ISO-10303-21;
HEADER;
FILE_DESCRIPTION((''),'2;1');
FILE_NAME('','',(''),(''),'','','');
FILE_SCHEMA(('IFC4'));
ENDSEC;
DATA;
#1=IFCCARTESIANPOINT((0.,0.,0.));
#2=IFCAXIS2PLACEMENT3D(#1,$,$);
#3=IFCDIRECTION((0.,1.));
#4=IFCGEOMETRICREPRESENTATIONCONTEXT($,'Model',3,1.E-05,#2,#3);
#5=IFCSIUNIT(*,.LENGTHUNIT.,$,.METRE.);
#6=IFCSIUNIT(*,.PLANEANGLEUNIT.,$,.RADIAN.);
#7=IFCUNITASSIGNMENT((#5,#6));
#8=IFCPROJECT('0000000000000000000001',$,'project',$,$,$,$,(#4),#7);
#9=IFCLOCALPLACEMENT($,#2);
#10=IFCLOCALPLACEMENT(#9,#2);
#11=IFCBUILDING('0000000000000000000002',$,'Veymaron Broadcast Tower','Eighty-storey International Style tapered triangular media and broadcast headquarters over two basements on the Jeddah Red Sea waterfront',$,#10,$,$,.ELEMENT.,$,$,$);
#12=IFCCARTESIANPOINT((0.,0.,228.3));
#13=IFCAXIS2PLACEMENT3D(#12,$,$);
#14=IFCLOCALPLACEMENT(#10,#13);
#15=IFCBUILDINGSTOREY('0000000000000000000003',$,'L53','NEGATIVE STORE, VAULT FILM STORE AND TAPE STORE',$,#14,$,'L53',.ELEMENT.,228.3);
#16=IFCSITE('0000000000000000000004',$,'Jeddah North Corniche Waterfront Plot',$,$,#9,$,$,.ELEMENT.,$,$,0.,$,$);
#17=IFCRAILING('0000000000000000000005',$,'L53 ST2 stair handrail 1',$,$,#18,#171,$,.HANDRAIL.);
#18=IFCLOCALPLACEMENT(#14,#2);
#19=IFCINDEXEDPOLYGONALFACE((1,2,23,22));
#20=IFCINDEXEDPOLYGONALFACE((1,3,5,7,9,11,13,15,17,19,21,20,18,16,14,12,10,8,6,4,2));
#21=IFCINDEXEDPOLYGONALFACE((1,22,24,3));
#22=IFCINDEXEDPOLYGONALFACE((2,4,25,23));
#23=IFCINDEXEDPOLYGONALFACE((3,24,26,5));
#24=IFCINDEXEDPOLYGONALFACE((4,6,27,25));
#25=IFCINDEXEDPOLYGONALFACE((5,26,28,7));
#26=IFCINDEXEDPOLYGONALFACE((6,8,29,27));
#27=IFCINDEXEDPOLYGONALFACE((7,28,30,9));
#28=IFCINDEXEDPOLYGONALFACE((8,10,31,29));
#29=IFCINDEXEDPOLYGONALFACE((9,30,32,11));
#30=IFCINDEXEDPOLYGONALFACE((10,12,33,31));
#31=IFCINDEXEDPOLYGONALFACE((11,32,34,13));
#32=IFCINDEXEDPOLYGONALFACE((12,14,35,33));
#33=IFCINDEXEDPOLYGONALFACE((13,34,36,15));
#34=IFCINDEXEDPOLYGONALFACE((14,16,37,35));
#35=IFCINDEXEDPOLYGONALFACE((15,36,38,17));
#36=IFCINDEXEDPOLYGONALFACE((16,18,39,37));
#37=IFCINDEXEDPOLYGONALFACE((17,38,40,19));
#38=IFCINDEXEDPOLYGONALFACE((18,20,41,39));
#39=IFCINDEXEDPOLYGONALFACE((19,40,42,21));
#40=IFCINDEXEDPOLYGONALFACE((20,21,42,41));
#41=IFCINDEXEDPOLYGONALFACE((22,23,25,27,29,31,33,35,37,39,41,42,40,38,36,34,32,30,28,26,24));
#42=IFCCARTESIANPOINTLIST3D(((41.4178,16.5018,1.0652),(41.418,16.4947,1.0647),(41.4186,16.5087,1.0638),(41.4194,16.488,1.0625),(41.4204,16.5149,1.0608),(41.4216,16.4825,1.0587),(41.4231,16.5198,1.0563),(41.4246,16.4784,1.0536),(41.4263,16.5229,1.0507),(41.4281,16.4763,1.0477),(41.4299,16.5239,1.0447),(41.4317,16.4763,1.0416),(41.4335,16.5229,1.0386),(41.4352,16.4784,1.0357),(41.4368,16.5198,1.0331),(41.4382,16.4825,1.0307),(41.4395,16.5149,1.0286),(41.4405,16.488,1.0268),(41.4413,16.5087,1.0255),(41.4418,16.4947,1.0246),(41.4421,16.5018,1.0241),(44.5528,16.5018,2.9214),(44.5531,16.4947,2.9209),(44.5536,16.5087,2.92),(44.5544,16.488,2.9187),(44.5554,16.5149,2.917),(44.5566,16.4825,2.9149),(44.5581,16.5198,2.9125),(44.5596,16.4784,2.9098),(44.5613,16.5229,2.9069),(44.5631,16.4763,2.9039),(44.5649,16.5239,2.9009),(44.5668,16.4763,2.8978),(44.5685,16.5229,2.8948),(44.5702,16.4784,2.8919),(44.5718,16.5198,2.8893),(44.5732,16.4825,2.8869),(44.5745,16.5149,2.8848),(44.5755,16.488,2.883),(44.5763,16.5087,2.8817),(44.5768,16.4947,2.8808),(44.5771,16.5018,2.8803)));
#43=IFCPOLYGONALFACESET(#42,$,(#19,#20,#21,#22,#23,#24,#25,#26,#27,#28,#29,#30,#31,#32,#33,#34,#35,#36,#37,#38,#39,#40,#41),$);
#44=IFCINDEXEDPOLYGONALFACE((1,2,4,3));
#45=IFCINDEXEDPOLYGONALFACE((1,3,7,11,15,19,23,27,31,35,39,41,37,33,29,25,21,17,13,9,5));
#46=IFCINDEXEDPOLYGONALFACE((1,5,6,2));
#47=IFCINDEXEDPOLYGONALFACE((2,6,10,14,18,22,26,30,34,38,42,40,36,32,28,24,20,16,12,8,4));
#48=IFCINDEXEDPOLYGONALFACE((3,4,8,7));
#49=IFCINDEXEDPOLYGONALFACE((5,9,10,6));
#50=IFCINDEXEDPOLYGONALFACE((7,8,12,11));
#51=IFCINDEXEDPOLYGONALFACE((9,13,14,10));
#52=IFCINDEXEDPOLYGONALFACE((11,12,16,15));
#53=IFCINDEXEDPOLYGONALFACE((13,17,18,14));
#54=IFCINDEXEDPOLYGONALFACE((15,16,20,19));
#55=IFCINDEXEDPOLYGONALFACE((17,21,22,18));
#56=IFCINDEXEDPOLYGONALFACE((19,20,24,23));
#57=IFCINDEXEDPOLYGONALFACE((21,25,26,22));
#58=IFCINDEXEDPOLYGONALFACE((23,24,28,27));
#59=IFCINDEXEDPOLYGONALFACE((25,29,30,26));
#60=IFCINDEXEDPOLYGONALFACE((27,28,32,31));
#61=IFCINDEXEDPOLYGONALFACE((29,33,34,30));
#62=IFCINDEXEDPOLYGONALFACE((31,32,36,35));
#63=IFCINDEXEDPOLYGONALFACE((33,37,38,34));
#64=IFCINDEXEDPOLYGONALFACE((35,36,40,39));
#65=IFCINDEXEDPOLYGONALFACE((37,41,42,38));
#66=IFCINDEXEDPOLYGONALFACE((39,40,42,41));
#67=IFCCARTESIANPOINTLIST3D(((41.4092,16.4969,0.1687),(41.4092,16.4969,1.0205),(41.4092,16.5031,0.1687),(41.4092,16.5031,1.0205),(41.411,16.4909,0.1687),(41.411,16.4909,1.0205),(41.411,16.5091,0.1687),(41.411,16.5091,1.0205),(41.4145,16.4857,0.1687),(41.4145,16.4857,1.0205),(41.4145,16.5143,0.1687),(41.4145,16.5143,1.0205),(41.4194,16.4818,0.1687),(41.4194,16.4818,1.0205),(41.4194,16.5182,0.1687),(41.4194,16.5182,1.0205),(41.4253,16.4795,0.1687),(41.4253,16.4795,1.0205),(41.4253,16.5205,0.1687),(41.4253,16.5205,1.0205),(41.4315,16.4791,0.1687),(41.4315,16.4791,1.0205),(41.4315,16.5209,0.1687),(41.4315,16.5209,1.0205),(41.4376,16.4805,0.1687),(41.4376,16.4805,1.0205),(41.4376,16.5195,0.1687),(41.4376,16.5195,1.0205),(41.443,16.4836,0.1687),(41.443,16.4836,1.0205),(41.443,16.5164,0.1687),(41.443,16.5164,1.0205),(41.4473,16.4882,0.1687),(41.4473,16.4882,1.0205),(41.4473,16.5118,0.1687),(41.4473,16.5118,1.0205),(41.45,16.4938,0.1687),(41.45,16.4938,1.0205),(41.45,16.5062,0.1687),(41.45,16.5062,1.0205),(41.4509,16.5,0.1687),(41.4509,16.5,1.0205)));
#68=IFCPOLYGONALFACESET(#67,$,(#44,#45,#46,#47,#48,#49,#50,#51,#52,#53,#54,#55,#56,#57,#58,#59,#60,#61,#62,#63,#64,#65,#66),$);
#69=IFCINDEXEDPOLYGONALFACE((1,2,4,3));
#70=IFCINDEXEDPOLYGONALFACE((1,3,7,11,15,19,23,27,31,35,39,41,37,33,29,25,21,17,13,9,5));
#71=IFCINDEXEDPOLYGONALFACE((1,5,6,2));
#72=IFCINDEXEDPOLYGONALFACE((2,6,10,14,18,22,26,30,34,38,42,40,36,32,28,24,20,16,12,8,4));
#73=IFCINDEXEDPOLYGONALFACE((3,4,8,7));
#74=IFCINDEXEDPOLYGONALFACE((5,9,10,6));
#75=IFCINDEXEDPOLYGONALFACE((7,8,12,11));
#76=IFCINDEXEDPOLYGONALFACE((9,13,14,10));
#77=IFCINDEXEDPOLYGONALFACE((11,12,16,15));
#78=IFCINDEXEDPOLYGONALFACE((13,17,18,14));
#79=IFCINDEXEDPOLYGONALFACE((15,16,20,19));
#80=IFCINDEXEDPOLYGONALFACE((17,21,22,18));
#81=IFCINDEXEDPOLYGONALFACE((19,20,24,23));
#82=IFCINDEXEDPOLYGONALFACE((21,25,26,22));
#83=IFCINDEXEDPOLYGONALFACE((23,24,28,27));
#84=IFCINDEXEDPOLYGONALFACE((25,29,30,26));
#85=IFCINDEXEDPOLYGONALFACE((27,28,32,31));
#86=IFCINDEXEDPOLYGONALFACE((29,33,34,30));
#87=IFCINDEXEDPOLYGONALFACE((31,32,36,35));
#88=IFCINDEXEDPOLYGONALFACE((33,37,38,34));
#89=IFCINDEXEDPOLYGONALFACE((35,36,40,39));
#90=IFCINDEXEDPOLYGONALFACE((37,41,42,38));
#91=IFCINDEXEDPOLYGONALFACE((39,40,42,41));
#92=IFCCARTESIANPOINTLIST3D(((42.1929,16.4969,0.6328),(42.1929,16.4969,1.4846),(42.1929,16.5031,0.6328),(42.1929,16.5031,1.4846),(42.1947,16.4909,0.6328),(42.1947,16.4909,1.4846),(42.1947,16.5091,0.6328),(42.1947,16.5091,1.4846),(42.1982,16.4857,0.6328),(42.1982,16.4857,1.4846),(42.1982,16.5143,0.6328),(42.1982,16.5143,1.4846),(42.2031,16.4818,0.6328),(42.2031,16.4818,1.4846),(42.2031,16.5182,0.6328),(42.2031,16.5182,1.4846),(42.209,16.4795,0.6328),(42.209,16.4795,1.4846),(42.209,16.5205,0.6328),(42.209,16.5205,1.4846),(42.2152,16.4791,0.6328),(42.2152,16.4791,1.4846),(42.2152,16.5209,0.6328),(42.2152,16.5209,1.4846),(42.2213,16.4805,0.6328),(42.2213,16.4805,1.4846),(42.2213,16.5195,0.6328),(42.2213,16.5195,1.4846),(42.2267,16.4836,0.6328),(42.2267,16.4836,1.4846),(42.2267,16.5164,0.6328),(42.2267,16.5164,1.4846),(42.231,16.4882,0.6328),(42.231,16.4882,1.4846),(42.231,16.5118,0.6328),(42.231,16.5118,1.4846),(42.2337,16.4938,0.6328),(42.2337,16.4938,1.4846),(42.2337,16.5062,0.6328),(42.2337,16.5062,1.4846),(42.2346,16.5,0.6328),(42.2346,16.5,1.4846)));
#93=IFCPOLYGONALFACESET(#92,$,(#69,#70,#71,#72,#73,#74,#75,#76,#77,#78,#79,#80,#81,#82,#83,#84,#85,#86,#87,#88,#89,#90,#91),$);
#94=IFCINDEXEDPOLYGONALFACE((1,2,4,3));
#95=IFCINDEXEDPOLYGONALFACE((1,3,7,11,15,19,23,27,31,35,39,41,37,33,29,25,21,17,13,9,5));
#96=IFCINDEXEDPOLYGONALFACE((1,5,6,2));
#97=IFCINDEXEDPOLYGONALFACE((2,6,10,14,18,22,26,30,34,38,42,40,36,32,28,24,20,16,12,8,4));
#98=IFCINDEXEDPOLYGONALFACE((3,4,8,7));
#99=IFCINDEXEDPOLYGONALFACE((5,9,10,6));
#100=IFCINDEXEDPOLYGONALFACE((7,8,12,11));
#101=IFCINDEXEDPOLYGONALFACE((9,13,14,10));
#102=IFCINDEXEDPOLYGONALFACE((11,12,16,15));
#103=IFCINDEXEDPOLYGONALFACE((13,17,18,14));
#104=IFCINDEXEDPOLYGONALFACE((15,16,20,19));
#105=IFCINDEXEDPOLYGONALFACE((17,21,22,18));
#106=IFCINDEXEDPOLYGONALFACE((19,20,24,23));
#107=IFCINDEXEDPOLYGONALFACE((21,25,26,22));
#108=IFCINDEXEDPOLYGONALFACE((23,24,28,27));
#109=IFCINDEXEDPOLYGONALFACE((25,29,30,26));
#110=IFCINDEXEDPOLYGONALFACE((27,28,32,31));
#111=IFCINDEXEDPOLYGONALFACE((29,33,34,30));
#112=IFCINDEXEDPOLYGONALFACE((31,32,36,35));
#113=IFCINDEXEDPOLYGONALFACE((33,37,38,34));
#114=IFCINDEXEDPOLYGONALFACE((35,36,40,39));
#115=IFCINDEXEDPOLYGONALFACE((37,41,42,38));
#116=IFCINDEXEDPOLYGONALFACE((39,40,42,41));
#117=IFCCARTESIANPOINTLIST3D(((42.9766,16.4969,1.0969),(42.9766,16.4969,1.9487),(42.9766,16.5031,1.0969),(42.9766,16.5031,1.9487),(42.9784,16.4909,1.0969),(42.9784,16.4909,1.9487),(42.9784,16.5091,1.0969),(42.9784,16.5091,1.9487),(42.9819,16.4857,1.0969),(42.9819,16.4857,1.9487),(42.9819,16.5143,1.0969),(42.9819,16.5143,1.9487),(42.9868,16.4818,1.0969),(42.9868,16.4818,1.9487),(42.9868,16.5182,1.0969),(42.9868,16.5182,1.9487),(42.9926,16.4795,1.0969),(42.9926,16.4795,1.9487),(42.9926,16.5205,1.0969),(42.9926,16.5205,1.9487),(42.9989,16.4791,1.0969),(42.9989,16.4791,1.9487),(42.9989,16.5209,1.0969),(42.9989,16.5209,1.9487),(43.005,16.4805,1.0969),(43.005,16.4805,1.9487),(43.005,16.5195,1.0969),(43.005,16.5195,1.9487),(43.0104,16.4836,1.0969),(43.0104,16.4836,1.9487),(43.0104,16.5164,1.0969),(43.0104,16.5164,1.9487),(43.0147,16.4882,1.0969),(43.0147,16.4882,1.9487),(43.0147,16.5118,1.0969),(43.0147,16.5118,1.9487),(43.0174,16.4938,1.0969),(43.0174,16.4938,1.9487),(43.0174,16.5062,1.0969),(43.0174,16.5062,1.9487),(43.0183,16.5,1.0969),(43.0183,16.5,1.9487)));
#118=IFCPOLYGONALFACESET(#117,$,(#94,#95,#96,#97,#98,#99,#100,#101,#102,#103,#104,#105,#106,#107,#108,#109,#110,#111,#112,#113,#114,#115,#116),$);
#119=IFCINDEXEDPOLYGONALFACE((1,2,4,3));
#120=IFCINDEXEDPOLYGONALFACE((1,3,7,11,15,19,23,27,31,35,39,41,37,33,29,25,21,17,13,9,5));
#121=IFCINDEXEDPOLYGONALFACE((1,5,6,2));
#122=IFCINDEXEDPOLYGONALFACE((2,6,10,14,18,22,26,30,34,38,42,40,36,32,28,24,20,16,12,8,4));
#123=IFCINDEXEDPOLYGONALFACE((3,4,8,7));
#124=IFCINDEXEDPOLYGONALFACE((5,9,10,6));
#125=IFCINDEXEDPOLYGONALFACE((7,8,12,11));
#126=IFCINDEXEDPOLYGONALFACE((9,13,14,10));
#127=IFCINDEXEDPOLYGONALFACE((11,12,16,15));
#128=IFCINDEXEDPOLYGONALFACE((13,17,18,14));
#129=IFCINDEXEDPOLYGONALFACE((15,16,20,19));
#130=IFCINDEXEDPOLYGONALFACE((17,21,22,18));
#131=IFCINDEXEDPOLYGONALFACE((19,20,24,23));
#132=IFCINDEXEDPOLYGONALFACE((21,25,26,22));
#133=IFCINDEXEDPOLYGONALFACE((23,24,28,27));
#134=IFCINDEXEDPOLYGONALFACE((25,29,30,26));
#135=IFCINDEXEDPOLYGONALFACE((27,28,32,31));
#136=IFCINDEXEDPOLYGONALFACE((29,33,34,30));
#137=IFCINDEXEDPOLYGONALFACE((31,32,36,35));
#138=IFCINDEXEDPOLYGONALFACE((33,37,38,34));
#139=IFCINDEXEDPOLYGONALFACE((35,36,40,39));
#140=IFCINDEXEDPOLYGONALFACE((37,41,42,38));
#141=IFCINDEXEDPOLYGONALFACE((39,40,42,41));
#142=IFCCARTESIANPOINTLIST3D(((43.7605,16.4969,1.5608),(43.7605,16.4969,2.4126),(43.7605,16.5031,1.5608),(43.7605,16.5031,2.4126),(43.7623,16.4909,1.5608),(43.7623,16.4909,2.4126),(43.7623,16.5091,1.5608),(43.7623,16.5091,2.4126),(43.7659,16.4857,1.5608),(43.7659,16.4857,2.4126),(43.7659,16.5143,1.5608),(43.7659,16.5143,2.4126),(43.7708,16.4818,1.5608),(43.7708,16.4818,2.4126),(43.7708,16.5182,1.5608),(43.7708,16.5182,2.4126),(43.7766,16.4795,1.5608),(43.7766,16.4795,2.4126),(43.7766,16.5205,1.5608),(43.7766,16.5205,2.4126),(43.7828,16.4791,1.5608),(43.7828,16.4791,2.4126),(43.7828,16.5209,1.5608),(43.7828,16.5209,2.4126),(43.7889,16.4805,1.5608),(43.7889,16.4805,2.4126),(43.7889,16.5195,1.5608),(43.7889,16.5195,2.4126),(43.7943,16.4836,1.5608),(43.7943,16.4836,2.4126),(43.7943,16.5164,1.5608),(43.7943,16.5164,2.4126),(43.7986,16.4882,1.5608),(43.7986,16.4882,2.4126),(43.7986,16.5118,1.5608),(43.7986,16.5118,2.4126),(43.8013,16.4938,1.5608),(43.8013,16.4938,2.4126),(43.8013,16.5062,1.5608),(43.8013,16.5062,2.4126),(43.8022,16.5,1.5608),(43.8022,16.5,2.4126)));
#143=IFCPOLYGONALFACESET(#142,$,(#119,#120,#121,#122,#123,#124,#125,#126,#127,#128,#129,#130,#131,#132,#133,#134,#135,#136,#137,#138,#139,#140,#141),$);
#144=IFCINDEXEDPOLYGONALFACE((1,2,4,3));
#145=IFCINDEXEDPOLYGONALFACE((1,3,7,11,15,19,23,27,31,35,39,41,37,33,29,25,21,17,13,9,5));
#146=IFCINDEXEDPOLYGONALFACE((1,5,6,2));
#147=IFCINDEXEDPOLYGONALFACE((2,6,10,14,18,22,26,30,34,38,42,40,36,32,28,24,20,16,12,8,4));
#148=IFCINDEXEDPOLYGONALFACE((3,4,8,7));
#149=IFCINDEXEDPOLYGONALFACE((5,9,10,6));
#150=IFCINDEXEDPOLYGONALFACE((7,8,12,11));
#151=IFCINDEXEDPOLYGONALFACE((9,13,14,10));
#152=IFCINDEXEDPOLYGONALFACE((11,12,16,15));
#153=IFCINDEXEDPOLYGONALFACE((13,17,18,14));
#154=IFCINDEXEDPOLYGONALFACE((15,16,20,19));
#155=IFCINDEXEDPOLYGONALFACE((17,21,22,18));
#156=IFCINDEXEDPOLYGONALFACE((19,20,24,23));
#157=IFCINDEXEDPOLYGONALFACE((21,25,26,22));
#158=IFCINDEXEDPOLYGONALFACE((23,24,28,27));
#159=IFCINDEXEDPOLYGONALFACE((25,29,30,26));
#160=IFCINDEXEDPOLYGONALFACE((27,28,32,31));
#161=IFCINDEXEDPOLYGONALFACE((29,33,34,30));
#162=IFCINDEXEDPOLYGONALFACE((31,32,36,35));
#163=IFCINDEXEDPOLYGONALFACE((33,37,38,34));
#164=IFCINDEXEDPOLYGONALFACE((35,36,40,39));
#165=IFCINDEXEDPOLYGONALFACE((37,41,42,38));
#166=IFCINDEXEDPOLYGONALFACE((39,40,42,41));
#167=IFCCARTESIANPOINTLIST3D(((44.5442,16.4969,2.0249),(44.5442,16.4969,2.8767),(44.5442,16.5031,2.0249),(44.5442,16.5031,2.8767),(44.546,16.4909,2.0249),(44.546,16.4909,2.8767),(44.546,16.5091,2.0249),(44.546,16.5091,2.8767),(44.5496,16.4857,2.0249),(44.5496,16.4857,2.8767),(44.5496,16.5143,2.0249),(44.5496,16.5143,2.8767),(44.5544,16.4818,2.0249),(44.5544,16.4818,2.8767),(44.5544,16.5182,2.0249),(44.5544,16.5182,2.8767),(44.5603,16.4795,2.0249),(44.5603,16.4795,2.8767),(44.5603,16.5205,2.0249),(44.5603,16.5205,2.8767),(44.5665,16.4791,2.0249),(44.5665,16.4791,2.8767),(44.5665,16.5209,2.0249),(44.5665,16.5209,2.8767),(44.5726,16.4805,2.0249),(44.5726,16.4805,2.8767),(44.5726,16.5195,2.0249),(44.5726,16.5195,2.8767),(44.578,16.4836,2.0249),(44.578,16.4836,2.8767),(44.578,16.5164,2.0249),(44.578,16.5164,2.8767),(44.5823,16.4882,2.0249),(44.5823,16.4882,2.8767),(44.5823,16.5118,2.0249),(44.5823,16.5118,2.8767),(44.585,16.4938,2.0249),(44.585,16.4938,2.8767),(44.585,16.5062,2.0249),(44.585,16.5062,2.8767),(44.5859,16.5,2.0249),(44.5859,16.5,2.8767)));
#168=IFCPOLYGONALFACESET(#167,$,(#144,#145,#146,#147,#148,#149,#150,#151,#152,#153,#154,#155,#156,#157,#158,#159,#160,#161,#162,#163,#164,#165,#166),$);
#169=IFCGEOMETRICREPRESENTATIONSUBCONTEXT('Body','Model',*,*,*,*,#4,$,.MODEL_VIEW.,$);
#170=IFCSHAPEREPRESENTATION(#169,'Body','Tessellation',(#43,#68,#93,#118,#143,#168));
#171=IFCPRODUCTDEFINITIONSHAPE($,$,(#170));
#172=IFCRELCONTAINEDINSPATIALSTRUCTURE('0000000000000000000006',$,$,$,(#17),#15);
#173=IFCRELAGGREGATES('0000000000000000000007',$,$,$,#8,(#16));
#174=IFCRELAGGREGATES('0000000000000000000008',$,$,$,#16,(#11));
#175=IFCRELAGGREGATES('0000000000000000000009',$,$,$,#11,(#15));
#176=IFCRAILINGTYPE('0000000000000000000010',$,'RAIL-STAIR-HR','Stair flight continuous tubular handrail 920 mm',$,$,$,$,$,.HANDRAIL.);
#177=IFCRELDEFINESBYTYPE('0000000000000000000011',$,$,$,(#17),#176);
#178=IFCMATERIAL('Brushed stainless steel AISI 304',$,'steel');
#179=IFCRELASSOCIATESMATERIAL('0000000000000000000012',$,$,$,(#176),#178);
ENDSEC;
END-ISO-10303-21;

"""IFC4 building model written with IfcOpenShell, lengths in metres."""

from ifc_helpers import new_model, si_unit, direction, frame, origin, origin_2d, place, context, subcontext, project, spatial, circle, extrude, material, type_object, element, save


model = new_model("IFC4")

# Units and contexts
model_context = context("Model", 3, precision=1e-05, world=origin(), true_north=direction((0.0, 1.0)))
body_context = subcontext(model_context, "Body", "Model", "MODEL_VIEW")
ifc_project = project(units=[si_unit("LENGTHUNIT", "METRE"), si_unit("PLANEANGLEUNIT", "RADIAN")], contexts=[model_context])

# Site, building, storey
site_placement = place(None, origin())
site = spatial("IfcSite", under=ifc_project, at=site_placement, Name="Jeddah North Corniche Waterfront Plot", CompositionType="ELEMENT", RefElevation=0.0)
building_placement = place(site_placement, origin())
building = spatial("IfcBuilding", under=site, at=building_placement, Name="Veymaron Broadcast Tower", Description="Eighty-storey International Style tapered triangular media and broadcast headquarters over two basements on the Jeddah Red Sea waterfront", CompositionType="ELEMENT")
storey_placement = place(building_placement, frame((0.0, 0.0, 228.3)))
storey = spatial("IfcBuildingStorey", under=building, at=storey_placement, Name="L53", Description="NEGATIVE STORE, VAULT FILM STORE AND TAPE STORE", LongName="L53", CompositionType="ELEMENT", Elevation=228.3)

# Shared definitions
ifc_material_1 = material(Name="Brushed stainless steel AISI 304", Category="steel")

# Railing
railing_type_1 = type_object("IfcRailingType", Name="RAIL-STAIR-HR", Description="Stair flight continuous tubular handrail 920 mm", PredefinedType="HANDRAIL", material=ifc_material_1)
railing_1_placement = place(storey_placement, frame((41.4299, 16.5, 0.1687)))
element("IfcRailing", 1, at=railing_1_placement, inside=storey, type_object=railing_type_1, Name="L53 ST2 stair handrail 1", PredefinedType="HANDRAIL", context=body_context, shape_type="SweptSolid", body=[
    extrude(circle(Radius=0.0239, at=origin_2d()), frame((0.0, 0.0, 0.876), z_axis=(0.860482, 0.0, 0.509481), x_axis=(0.0, 1.0, 0.0)), (0.0, 0.0, 1.0), 3.6433),
    extrude(circle(Radius=0.021, at=origin_2d()), origin(), (0.0, 0.0, 1.0), 0.8518),
    extrude(circle(Radius=0.021, at=origin_2d()), frame((0.7837, 0.0, 0.4641)), (0.0, 0.0, 1.0), 0.8518),
    extrude(circle(Radius=0.021, at=origin_2d()), frame((1.5674, 0.0, 0.9282)), (0.0, 0.0, 1.0), 0.8518),
    extrude(circle(Radius=0.021, at=origin_2d()), frame((2.3513, 0.0, 1.3921)), (0.0, 0.0, 1.0), 0.8518),
    extrude(circle(Radius=0.021, at=origin_2d()), frame((3.135, 0.0, 1.8562)), (0.0, 0.0, 1.0), 0.8518),
])

save(model, "model.ifc")
